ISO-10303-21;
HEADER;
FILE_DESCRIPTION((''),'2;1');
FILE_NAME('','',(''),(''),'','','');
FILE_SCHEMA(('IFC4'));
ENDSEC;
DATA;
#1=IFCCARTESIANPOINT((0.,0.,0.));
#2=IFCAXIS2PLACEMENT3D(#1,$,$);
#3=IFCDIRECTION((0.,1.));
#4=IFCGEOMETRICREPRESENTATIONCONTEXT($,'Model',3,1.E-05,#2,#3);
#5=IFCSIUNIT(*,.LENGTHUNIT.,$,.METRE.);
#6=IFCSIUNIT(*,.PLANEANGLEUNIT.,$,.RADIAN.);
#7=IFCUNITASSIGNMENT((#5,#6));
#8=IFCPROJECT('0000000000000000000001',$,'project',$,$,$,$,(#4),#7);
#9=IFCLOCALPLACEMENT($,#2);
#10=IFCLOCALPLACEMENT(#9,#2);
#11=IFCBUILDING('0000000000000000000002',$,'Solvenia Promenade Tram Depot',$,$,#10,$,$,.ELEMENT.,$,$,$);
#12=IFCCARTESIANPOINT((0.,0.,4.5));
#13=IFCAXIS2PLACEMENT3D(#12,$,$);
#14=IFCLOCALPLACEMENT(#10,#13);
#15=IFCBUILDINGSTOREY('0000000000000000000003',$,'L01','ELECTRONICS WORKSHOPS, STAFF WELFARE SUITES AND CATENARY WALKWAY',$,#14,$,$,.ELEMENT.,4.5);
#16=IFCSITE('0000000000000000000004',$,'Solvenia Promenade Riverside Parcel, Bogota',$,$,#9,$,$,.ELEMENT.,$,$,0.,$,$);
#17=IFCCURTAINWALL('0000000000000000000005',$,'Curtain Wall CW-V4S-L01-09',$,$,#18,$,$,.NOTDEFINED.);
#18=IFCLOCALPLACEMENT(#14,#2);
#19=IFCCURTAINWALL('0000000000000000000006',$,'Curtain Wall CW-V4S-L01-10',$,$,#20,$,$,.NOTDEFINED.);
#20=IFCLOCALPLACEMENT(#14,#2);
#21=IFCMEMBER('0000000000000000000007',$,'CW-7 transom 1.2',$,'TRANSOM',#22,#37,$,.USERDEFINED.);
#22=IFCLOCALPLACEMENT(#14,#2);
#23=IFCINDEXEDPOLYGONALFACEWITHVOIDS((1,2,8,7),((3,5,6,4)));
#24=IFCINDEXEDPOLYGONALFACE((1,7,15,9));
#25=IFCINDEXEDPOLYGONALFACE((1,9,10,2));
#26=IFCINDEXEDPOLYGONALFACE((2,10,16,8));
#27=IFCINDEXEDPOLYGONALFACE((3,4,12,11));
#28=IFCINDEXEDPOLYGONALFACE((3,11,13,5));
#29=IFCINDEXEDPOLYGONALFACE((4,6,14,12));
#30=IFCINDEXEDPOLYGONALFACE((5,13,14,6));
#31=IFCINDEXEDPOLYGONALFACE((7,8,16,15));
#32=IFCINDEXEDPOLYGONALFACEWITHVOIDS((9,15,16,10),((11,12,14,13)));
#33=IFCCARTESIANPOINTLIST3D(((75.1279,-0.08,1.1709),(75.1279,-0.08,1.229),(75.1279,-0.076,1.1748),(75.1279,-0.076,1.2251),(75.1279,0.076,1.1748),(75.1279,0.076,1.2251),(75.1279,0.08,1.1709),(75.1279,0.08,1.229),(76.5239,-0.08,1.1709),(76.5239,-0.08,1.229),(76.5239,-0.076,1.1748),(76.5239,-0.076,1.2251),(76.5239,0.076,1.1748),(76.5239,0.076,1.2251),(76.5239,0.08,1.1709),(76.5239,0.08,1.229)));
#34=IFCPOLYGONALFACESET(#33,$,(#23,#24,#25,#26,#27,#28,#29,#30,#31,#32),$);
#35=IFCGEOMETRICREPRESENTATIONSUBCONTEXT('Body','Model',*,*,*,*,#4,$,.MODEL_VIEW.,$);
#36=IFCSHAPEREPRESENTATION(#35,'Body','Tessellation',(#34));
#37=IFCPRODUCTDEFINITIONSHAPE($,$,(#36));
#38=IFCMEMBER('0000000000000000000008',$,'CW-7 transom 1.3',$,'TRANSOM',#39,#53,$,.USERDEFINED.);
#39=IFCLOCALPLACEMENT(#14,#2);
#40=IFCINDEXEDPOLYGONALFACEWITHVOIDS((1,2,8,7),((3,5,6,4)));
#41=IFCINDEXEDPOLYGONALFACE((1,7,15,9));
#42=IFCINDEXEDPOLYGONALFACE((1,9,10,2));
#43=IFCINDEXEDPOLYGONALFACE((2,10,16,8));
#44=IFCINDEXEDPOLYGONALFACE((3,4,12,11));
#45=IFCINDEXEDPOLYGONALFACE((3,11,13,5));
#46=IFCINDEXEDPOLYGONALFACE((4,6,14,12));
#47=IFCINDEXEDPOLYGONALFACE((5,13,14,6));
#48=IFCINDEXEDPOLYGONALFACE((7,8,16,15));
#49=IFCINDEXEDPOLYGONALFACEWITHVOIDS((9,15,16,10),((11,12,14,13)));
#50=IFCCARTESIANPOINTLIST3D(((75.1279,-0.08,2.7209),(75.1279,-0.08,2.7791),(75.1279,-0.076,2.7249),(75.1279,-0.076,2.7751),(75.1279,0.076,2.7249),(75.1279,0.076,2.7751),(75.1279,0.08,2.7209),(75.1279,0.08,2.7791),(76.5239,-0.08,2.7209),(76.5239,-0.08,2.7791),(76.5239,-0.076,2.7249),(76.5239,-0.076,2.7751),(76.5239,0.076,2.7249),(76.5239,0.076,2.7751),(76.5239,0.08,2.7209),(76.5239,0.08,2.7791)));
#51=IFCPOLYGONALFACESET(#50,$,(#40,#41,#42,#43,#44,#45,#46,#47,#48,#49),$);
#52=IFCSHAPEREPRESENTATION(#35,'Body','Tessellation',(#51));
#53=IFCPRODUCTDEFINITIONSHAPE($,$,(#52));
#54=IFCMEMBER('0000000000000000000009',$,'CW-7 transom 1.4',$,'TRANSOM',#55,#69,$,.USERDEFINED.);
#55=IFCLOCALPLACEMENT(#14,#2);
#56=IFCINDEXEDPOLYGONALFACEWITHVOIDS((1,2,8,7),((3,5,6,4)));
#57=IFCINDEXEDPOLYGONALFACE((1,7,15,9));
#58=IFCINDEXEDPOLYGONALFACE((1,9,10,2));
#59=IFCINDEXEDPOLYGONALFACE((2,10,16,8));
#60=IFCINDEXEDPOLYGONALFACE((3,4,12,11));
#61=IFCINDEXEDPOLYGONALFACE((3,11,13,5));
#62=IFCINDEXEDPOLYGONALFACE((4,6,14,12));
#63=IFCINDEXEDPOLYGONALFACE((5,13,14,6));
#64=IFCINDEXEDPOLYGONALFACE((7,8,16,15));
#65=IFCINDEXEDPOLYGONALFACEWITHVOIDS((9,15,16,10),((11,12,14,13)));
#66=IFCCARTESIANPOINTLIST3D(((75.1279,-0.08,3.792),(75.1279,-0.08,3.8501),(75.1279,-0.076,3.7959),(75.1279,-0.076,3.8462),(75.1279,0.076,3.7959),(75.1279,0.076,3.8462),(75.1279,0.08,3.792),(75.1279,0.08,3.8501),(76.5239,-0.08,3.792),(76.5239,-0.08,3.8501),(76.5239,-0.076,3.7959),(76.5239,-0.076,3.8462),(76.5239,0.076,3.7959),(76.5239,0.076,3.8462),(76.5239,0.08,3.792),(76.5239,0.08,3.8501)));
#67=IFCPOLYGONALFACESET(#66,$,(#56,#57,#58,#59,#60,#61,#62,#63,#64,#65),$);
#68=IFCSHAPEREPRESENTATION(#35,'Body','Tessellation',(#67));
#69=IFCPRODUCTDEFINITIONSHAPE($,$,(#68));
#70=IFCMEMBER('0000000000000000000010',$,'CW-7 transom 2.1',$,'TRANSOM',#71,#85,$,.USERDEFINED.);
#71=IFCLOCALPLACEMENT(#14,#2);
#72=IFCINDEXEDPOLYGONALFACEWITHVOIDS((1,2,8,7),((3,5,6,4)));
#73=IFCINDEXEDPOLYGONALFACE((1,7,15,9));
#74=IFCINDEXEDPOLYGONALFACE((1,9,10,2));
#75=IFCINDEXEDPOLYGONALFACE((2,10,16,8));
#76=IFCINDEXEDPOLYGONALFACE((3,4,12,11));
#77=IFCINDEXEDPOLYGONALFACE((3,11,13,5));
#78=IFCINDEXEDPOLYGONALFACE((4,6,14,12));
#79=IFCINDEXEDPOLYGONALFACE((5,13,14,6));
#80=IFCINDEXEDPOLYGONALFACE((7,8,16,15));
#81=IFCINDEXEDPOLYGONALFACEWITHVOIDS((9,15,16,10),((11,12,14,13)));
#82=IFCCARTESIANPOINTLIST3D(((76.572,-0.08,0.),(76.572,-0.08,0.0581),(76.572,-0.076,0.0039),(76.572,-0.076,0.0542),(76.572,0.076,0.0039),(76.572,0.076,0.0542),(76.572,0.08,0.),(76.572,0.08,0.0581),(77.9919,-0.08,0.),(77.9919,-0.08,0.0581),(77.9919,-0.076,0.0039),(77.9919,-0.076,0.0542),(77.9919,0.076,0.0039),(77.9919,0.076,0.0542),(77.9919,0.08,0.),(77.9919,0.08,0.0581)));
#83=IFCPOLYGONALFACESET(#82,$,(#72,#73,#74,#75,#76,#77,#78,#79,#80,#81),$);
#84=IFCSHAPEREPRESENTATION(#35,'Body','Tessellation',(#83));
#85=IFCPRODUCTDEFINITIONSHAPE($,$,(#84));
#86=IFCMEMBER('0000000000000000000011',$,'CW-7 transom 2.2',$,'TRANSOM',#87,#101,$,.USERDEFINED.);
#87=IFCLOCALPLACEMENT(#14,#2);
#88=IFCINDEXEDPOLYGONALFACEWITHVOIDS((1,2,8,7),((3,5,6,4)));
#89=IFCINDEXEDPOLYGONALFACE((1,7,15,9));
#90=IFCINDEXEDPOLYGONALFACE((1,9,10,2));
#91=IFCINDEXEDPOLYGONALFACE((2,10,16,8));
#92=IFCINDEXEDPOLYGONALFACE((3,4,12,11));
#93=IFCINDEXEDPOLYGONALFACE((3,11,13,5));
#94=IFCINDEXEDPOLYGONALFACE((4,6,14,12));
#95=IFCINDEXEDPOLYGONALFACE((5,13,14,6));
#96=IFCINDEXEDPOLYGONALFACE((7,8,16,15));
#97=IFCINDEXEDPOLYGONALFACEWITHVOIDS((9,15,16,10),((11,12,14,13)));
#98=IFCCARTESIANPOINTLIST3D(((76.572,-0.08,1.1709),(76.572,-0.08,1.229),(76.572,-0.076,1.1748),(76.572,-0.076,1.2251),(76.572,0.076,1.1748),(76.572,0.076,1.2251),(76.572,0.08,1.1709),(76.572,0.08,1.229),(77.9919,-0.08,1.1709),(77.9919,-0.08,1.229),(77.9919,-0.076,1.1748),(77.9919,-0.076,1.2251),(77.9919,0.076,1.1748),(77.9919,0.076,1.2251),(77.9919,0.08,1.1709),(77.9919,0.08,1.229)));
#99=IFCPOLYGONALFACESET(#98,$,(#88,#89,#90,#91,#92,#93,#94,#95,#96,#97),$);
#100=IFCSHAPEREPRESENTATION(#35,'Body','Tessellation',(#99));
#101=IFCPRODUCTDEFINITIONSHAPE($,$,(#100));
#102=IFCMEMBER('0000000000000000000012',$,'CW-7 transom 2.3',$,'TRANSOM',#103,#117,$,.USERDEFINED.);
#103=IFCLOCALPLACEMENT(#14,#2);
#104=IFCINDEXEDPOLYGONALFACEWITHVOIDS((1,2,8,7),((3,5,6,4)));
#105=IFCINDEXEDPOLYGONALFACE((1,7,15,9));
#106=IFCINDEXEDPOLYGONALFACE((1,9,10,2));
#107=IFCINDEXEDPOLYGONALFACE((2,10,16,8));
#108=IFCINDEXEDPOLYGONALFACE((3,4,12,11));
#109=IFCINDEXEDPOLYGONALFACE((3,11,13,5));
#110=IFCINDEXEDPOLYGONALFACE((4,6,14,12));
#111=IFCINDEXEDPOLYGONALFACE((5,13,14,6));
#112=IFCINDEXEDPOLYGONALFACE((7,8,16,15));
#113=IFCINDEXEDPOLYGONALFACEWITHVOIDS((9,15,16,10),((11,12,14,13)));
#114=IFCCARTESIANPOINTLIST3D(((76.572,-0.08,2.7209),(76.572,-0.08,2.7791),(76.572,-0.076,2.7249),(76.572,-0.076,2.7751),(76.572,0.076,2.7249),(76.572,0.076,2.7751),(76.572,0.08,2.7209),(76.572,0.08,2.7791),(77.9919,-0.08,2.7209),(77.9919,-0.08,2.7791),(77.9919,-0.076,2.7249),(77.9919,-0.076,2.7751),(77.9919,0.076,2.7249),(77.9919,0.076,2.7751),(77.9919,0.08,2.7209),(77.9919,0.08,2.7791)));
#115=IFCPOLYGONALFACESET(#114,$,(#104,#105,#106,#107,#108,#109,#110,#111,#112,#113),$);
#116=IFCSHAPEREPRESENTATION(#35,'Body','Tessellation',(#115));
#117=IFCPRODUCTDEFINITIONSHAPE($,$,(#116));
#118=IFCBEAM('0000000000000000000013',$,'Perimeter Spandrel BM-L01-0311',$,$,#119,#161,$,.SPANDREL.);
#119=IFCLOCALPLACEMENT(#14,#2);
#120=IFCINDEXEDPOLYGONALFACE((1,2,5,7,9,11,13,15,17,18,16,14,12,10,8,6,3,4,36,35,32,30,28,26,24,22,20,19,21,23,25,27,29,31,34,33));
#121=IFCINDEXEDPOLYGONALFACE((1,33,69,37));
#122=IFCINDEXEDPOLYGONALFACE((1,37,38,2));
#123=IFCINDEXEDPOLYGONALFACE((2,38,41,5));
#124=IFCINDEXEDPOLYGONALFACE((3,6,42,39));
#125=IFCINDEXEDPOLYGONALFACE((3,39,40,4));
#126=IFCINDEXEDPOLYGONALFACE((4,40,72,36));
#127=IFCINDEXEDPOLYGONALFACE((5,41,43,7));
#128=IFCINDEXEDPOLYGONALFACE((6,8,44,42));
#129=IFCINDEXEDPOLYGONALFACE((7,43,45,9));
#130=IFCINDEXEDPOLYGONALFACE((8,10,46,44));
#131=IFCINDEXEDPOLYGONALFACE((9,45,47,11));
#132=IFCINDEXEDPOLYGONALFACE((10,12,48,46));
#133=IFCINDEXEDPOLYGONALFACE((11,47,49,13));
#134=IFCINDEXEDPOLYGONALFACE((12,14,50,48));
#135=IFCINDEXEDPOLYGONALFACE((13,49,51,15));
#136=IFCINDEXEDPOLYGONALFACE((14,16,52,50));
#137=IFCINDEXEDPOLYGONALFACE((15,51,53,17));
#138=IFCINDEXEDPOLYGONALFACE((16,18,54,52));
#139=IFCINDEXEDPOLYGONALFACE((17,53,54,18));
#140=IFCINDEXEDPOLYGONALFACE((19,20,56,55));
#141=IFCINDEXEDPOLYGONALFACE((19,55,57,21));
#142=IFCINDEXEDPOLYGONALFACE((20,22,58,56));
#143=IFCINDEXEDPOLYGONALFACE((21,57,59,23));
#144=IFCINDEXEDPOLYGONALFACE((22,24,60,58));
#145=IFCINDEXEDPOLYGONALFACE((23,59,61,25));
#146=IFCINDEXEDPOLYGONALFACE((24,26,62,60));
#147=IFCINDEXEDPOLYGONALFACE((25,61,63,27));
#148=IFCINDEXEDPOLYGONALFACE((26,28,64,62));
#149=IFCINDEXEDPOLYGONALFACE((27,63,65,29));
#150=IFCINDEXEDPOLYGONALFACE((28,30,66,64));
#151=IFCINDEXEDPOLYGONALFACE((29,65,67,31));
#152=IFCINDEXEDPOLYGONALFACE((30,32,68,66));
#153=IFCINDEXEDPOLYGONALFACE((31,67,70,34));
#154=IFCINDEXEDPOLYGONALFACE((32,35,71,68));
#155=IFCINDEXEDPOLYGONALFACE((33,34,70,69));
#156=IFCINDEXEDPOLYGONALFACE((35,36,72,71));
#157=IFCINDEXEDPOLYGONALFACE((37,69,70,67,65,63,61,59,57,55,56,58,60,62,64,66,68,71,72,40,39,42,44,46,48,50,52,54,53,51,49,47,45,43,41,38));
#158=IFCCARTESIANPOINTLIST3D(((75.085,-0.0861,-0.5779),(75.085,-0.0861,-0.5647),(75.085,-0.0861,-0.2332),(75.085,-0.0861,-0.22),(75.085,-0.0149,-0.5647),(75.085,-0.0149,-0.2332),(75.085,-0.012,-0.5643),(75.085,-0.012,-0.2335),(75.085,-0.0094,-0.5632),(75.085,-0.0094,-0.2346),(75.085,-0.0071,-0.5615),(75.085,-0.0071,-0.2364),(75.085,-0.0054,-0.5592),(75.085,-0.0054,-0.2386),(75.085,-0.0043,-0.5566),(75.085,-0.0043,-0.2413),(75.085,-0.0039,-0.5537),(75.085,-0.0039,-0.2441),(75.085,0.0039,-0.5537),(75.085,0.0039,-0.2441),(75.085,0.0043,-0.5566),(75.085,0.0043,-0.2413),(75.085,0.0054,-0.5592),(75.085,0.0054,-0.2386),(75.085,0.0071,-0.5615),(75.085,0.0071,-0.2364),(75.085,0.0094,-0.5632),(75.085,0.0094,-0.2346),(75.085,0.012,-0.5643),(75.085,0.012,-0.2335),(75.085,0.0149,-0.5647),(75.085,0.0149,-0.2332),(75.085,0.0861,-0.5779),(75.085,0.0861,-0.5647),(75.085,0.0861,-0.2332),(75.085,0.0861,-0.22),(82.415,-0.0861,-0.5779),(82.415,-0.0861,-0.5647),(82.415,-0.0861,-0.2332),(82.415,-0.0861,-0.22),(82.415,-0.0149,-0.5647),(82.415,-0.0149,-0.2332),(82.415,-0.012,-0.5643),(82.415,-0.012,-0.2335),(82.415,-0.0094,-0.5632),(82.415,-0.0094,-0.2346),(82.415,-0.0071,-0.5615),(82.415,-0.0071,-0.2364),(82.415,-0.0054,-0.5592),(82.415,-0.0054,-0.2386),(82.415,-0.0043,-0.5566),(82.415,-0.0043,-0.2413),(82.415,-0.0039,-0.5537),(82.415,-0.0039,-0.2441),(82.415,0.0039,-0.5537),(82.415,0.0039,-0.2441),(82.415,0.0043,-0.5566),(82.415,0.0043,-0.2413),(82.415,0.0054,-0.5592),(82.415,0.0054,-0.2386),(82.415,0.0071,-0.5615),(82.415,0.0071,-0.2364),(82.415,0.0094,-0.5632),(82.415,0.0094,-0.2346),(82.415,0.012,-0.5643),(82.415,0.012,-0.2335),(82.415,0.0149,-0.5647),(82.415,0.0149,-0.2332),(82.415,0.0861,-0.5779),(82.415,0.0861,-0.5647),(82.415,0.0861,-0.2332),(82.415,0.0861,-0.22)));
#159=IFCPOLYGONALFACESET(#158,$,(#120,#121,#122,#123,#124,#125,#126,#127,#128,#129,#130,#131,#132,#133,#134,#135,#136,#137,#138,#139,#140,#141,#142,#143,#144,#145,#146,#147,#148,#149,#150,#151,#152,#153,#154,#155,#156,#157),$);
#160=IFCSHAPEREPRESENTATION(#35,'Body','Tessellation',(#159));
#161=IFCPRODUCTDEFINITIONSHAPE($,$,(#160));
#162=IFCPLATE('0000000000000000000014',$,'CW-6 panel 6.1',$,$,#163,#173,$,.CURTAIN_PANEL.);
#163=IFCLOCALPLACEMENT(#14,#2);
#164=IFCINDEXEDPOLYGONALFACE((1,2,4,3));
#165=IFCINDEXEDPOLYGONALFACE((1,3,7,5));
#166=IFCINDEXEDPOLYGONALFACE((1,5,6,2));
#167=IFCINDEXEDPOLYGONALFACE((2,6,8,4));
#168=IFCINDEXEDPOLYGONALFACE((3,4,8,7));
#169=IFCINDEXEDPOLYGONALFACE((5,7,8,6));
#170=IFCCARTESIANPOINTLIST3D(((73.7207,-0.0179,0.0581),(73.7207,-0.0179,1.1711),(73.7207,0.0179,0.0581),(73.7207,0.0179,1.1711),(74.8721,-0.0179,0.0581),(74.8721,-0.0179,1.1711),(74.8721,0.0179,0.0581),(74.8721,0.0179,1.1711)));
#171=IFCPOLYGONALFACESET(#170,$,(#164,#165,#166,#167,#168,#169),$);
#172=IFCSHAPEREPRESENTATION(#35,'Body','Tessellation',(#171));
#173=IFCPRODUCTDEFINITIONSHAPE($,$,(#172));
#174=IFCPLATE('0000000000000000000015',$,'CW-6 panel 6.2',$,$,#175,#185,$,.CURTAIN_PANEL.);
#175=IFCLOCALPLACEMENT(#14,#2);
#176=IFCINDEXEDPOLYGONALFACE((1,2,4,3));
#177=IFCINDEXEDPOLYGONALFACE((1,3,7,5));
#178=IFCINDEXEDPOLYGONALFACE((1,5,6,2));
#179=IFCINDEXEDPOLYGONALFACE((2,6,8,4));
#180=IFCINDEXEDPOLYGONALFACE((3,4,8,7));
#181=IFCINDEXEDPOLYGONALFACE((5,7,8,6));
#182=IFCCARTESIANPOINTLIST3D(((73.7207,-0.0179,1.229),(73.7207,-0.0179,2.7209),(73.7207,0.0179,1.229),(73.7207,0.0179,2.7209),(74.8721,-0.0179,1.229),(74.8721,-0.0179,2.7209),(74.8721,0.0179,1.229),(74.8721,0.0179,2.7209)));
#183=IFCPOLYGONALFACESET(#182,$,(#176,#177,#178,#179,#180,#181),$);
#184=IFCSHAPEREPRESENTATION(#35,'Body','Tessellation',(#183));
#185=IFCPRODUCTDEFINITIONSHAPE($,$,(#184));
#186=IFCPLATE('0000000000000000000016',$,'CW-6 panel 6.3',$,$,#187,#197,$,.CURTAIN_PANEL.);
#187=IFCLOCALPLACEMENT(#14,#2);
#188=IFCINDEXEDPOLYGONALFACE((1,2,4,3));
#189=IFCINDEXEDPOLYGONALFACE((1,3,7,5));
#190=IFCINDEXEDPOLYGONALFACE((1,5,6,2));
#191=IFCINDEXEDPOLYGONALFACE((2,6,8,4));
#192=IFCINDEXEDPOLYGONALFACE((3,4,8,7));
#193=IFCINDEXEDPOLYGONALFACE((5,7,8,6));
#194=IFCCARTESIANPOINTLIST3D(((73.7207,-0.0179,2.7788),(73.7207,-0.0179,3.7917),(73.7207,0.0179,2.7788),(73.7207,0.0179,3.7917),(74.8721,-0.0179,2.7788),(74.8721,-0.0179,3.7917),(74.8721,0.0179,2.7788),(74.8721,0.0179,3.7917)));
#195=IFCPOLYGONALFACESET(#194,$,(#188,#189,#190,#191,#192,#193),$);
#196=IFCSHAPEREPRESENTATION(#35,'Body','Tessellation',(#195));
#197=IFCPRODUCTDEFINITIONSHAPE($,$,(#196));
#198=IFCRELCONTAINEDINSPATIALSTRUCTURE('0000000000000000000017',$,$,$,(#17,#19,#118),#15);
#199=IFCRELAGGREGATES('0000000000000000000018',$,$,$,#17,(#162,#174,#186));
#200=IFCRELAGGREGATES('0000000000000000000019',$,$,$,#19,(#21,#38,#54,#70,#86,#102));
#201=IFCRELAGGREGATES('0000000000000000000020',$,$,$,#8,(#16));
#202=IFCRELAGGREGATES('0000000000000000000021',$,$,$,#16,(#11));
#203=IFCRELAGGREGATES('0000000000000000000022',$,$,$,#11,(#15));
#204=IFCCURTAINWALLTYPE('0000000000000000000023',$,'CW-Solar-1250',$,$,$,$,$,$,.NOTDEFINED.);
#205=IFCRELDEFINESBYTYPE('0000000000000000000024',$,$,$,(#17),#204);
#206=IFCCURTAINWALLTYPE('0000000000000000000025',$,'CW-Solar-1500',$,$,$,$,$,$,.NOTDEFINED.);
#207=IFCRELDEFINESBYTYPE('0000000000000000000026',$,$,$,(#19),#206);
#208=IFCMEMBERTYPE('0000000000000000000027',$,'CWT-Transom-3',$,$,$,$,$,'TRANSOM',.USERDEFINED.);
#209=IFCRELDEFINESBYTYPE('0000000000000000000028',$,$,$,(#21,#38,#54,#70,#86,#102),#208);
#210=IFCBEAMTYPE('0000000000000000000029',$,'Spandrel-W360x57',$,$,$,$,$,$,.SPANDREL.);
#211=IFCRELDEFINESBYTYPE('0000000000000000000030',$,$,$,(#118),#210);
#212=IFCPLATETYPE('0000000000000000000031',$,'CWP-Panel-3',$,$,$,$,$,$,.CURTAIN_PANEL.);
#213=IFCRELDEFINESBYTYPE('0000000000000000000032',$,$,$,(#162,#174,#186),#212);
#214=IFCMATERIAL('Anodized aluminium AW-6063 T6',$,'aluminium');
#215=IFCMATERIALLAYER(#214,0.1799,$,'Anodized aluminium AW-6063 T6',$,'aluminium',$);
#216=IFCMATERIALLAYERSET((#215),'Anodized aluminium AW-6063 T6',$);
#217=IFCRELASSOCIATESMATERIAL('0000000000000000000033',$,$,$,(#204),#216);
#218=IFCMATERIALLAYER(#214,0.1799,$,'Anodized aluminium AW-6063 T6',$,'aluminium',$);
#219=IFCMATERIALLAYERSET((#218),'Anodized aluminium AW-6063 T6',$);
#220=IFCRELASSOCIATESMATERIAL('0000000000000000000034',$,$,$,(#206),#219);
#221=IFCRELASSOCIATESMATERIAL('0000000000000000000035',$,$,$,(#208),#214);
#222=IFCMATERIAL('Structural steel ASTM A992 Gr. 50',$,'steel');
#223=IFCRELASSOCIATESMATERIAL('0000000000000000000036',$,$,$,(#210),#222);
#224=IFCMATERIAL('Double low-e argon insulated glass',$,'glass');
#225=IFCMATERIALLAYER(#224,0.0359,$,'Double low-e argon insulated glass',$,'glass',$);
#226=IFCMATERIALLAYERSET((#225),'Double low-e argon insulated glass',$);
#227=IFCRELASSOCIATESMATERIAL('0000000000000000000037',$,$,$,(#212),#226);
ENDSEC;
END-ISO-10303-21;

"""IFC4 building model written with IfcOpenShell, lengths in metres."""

from ifc_helpers import new_model, si_unit, direction, frame, origin, origin_2d, place, context, subcontext, project, spatial, rectangle, hollow_rectangle, i_section, extrude, material, layer, layer_set, material_profile, profile_set, type_object, element, aggregate, save


model = new_model("IFC4")

# Units and contexts
model_context = context("Model", 3, precision=1e-05, world=origin(), true_north=direction((0.0, 1.0)))
body_context = subcontext(model_context, "Body", "Model", "MODEL_VIEW")
ifc_project = project(units=[si_unit("LENGTHUNIT", "METRE"), si_unit("PLANEANGLEUNIT", "RADIAN")], contexts=[model_context])

# Site, building, storey
site_placement = place(None, origin())
site = spatial("IfcSite", under=ifc_project, at=site_placement, Name="Solvenia Promenade Riverside Parcel, Bogota", CompositionType="ELEMENT", RefElevation=0.0)
building_placement = place(site_placement, origin())
building = spatial("IfcBuilding", under=site, at=building_placement, Name="Solvenia Promenade Tram Depot", CompositionType="ELEMENT")
storey_placement = place(building_placement, frame((0.0, 0.0, 4.5)))
storey = spatial("IfcBuildingStorey", under=building, at=storey_placement, Name="L01", Description="ELECTRONICS WORKSHOPS, STAFF WELFARE SUITES AND CATENARY WALKWAY", CompositionType="ELEMENT", Elevation=4.5)

# Shared definitions
ifc_material_1 = material(Name="Structural steel ASTM A992 Gr. 50", Category="steel")

# Curtain wall
ifc_material_2 = material(Name="Anodized aluminium AW-6063 T6", Category="aluminium")
ifc_layer_1 = layer(ifc_material_2, 0.1799, Name="Anodized aluminium AW-6063 T6", Category="aluminium")
ifc_layer_set_1 = layer_set([ifc_layer_1], Name="Anodized aluminium AW-6063 T6")
curtain_wall_type_1 = type_object("IfcCurtainWallType", Name="CW-Solar-1250", PredefinedType="NOTDEFINED", material=ifc_layer_set_1)
curtain_wall_1_placement = place(storey_placement, origin())
curtain_wall_1 = element("IfcCurtainWall", 1, at=curtain_wall_1_placement, inside=storey, type_object=curtain_wall_type_1, Name="Curtain Wall CW-V4S-L01-09", PredefinedType="NOTDEFINED")

# Curtain wall
ifc_layer_2 = layer(ifc_material_2, 0.1799, Name="Anodized aluminium AW-6063 T6", Category="aluminium")
ifc_layer_set_2 = layer_set([ifc_layer_2], Name="Anodized aluminium AW-6063 T6")
curtain_wall_type_2 = type_object("IfcCurtainWallType", Name="CW-Solar-1500", PredefinedType="NOTDEFINED", material=ifc_layer_set_2)
curtain_wall_2_placement = place(storey_placement, origin())
curtain_wall_2 = element("IfcCurtainWall", 2, at=curtain_wall_2_placement, inside=storey, type_object=curtain_wall_type_2, Name="Curtain Wall CW-V4S-L01-10", PredefinedType="NOTDEFINED")

# Members
ifc_material_profile_1 = material_profile(ifc_material_2, hollow_rectangle(XDim=0.1599, YDim=0.0581, WallThickness=0.0039, at=origin_2d()), Name="ALU-T3", Category="aluminium")
ifc_profile_set_1 = profile_set([ifc_material_profile_1], Name="Anodized aluminium AW-6063 T6")
member_type_1 = type_object("IfcMemberType", Name="CWT-Transom-3", ElementType="TRANSOM", PredefinedType="USERDEFINED", material=ifc_profile_set_1)
member_1_placement = place(storey_placement, frame((75.1279, 0.0, 1.2), z_axis=(1.0, 0.0, 0.0), x_axis=(0.0, 1.0, 0.0)))
member_1 = element("IfcMember", 3, at=member_1_placement, type_object=member_type_1, Name="CW-7 transom 1.2", ObjectType="TRANSOM", PredefinedType="USERDEFINED", context=body_context, shape_type="SweptSolid", body=[
    extrude(hollow_rectangle(XDim=0.1599, YDim=0.0581, WallThickness=0.0039, at=origin_2d()), origin(), (0.0, 0.0, 1.0), 1.396),
])
member_2_placement = place(storey_placement, frame((75.1279, 0.0, 2.75), z_axis=(1.0, 0.0, 0.0), x_axis=(0.0, 1.0, 0.0)))
member_2 = element("IfcMember", 4, at=member_2_placement, type_object=member_type_1, Name="CW-7 transom 1.3", ObjectType="TRANSOM", PredefinedType="USERDEFINED", context=body_context, shape_type="SweptSolid", body=[
    extrude(hollow_rectangle(XDim=0.1599, YDim=0.0581, WallThickness=0.0039, at=origin_2d()), origin(), (0.0, 0.0, 1.0), 1.396),
])
member_3_placement = place(storey_placement, frame((75.1279, 0.0, 3.821), z_axis=(1.0, 0.0, 0.0), x_axis=(0.0, 1.0, 0.0)))
member_3 = element("IfcMember", 5, at=member_3_placement, type_object=member_type_1, Name="CW-7 transom 1.4", ObjectType="TRANSOM", PredefinedType="USERDEFINED", context=body_context, shape_type="SweptSolid", body=[
    extrude(hollow_rectangle(XDim=0.1599, YDim=0.0581, WallThickness=0.0039, at=origin_2d()), origin(), (0.0, 0.0, 1.0), 1.396),
])
member_4_placement = place(storey_placement, frame((76.572, 0.0, 0.0291), z_axis=(1.0, 0.0, 0.0), x_axis=(0.0, 1.0, 0.0)))
member_4 = element("IfcMember", 6, at=member_4_placement, type_object=member_type_1, Name="CW-7 transom 2.1", ObjectType="TRANSOM", PredefinedType="USERDEFINED", context=body_context, shape_type="SweptSolid", body=[
    extrude(hollow_rectangle(XDim=0.1599, YDim=0.0581, WallThickness=0.0039, at=origin_2d()), origin(), (0.0, 0.0, 1.0), 1.4199),
])
member_5_placement = place(storey_placement, frame((76.572, 0.0, 1.2), z_axis=(1.0, 0.0, 0.0), x_axis=(0.0, 1.0, 0.0)))
member_5 = element("IfcMember", 7, at=member_5_placement, type_object=member_type_1, Name="CW-7 transom 2.2", ObjectType="TRANSOM", PredefinedType="USERDEFINED", context=body_context, shape_type="SweptSolid", body=[
    extrude(hollow_rectangle(XDim=0.1599, YDim=0.0581, WallThickness=0.0039, at=origin_2d()), origin(), (0.0, 0.0, 1.0), 1.4199),
])
member_6_placement = place(storey_placement, frame((76.572, 0.0, 2.75), z_axis=(1.0, 0.0, 0.0), x_axis=(0.0, 1.0, 0.0)))
member_6 = element("IfcMember", 8, at=member_6_placement, type_object=member_type_1, Name="CW-7 transom 2.3", ObjectType="TRANSOM", PredefinedType="USERDEFINED", context=body_context, shape_type="SweptSolid", body=[
    extrude(hollow_rectangle(XDim=0.1599, YDim=0.0581, WallThickness=0.0039, at=origin_2d()), origin(), (0.0, 0.0, 1.0), 1.4199),
])

# Beam
ifc_material_profile_2 = material_profile(ifc_material_1, i_section(OverallWidth=0.1721, OverallDepth=0.3579, WebThickness=0.0078, FlangeThickness=0.0132, FilletRadius=0.011, at=origin_2d()), Name="W360x57", Category="steel")
ifc_profile_set_2 = profile_set([ifc_material_profile_2], Name="Structural steel ASTM A992 Gr. 50")
beam_type = type_object("IfcBeamType", Name="Spandrel-W360x57", PredefinedType="SPANDREL", material=ifc_profile_set_2)
beam_placement = place(storey_placement, frame((75.085, 0.0, -0.3989), z_axis=(1.0, 0.0, 0.0), x_axis=(0.0, 1.0, 0.0)))
element("IfcBeam", 9, at=beam_placement, inside=storey, type_object=beam_type, Name="Perimeter Spandrel BM-L01-0311", PredefinedType="SPANDREL", context=body_context, shape_type="SweptSolid", body=[
    extrude(i_section(OverallWidth=0.1721, OverallDepth=0.3579, WebThickness=0.0078, FlangeThickness=0.0132, FilletRadius=0.011, at=origin_2d()), origin(), (0.0, 0.0, 1.0), 7.3301),
])

# Plates
ifc_material_3 = material(Name="Double low-e argon insulated glass", Category="glass")
ifc_layer_3 = layer(ifc_material_3, 0.0359, Name="Double low-e argon insulated glass", Category="glass")
ifc_layer_set_3 = layer_set([ifc_layer_3], Name="Double low-e argon insulated glass")
plate_type = type_object("IfcPlateType", Name="CWP-Panel-3", PredefinedType="CURTAIN_PANEL", material=ifc_layer_set_3)
plate_1_placement = place(storey_placement, frame((74.2964, 0.0, 0.0581), z_axis=(0.0, 0.0, 1.0), x_axis=(1.0, 0.0, 0.0)))
plate_1 = element("IfcPlate", 10, at=plate_1_placement, type_object=plate_type, Name="CW-6 panel 6.1", PredefinedType="CURTAIN_PANEL", context=body_context, shape_type="SweptSolid", body=[
    extrude(rectangle(XDim=1.1514, YDim=0.0359, at=origin_2d()), origin(), (0.0, 0.0, 1.0), 1.113),
])
plate_2_placement = place(storey_placement, frame((74.2964, 0.0, 1.229), z_axis=(0.0, 0.0, 1.0), x_axis=(1.0, 0.0, 0.0)))
plate_2 = element("IfcPlate", 11, at=plate_2_placement, type_object=plate_type, Name="CW-6 panel 6.2", PredefinedType="CURTAIN_PANEL", context=body_context, shape_type="SweptSolid", body=[
    extrude(rectangle(XDim=1.1514, YDim=0.0359, at=origin_2d()), origin(), (0.0, 0.0, 1.0), 1.4919),
])
plate_3_placement = place(storey_placement, frame((74.2964, 0.0, 2.7788), z_axis=(0.0, 0.0, 1.0), x_axis=(1.0, 0.0, 0.0)))
plate_3 = element("IfcPlate", 12, at=plate_3_placement, type_object=plate_type, Name="CW-6 panel 6.3", PredefinedType="CURTAIN_PANEL", context=body_context, shape_type="SweptSolid", body=[
    extrude(rectangle(XDim=1.1514, YDim=0.0359, at=origin_2d()), origin(), (0.0, 0.0, 1.0), 1.0129),
])
aggregate(curtain_wall_1, [plate_1, plate_2, plate_3])
aggregate(curtain_wall_2, [member_1, member_2, member_3, member_4, member_5, member_6])

save(model, "model.ifc")
